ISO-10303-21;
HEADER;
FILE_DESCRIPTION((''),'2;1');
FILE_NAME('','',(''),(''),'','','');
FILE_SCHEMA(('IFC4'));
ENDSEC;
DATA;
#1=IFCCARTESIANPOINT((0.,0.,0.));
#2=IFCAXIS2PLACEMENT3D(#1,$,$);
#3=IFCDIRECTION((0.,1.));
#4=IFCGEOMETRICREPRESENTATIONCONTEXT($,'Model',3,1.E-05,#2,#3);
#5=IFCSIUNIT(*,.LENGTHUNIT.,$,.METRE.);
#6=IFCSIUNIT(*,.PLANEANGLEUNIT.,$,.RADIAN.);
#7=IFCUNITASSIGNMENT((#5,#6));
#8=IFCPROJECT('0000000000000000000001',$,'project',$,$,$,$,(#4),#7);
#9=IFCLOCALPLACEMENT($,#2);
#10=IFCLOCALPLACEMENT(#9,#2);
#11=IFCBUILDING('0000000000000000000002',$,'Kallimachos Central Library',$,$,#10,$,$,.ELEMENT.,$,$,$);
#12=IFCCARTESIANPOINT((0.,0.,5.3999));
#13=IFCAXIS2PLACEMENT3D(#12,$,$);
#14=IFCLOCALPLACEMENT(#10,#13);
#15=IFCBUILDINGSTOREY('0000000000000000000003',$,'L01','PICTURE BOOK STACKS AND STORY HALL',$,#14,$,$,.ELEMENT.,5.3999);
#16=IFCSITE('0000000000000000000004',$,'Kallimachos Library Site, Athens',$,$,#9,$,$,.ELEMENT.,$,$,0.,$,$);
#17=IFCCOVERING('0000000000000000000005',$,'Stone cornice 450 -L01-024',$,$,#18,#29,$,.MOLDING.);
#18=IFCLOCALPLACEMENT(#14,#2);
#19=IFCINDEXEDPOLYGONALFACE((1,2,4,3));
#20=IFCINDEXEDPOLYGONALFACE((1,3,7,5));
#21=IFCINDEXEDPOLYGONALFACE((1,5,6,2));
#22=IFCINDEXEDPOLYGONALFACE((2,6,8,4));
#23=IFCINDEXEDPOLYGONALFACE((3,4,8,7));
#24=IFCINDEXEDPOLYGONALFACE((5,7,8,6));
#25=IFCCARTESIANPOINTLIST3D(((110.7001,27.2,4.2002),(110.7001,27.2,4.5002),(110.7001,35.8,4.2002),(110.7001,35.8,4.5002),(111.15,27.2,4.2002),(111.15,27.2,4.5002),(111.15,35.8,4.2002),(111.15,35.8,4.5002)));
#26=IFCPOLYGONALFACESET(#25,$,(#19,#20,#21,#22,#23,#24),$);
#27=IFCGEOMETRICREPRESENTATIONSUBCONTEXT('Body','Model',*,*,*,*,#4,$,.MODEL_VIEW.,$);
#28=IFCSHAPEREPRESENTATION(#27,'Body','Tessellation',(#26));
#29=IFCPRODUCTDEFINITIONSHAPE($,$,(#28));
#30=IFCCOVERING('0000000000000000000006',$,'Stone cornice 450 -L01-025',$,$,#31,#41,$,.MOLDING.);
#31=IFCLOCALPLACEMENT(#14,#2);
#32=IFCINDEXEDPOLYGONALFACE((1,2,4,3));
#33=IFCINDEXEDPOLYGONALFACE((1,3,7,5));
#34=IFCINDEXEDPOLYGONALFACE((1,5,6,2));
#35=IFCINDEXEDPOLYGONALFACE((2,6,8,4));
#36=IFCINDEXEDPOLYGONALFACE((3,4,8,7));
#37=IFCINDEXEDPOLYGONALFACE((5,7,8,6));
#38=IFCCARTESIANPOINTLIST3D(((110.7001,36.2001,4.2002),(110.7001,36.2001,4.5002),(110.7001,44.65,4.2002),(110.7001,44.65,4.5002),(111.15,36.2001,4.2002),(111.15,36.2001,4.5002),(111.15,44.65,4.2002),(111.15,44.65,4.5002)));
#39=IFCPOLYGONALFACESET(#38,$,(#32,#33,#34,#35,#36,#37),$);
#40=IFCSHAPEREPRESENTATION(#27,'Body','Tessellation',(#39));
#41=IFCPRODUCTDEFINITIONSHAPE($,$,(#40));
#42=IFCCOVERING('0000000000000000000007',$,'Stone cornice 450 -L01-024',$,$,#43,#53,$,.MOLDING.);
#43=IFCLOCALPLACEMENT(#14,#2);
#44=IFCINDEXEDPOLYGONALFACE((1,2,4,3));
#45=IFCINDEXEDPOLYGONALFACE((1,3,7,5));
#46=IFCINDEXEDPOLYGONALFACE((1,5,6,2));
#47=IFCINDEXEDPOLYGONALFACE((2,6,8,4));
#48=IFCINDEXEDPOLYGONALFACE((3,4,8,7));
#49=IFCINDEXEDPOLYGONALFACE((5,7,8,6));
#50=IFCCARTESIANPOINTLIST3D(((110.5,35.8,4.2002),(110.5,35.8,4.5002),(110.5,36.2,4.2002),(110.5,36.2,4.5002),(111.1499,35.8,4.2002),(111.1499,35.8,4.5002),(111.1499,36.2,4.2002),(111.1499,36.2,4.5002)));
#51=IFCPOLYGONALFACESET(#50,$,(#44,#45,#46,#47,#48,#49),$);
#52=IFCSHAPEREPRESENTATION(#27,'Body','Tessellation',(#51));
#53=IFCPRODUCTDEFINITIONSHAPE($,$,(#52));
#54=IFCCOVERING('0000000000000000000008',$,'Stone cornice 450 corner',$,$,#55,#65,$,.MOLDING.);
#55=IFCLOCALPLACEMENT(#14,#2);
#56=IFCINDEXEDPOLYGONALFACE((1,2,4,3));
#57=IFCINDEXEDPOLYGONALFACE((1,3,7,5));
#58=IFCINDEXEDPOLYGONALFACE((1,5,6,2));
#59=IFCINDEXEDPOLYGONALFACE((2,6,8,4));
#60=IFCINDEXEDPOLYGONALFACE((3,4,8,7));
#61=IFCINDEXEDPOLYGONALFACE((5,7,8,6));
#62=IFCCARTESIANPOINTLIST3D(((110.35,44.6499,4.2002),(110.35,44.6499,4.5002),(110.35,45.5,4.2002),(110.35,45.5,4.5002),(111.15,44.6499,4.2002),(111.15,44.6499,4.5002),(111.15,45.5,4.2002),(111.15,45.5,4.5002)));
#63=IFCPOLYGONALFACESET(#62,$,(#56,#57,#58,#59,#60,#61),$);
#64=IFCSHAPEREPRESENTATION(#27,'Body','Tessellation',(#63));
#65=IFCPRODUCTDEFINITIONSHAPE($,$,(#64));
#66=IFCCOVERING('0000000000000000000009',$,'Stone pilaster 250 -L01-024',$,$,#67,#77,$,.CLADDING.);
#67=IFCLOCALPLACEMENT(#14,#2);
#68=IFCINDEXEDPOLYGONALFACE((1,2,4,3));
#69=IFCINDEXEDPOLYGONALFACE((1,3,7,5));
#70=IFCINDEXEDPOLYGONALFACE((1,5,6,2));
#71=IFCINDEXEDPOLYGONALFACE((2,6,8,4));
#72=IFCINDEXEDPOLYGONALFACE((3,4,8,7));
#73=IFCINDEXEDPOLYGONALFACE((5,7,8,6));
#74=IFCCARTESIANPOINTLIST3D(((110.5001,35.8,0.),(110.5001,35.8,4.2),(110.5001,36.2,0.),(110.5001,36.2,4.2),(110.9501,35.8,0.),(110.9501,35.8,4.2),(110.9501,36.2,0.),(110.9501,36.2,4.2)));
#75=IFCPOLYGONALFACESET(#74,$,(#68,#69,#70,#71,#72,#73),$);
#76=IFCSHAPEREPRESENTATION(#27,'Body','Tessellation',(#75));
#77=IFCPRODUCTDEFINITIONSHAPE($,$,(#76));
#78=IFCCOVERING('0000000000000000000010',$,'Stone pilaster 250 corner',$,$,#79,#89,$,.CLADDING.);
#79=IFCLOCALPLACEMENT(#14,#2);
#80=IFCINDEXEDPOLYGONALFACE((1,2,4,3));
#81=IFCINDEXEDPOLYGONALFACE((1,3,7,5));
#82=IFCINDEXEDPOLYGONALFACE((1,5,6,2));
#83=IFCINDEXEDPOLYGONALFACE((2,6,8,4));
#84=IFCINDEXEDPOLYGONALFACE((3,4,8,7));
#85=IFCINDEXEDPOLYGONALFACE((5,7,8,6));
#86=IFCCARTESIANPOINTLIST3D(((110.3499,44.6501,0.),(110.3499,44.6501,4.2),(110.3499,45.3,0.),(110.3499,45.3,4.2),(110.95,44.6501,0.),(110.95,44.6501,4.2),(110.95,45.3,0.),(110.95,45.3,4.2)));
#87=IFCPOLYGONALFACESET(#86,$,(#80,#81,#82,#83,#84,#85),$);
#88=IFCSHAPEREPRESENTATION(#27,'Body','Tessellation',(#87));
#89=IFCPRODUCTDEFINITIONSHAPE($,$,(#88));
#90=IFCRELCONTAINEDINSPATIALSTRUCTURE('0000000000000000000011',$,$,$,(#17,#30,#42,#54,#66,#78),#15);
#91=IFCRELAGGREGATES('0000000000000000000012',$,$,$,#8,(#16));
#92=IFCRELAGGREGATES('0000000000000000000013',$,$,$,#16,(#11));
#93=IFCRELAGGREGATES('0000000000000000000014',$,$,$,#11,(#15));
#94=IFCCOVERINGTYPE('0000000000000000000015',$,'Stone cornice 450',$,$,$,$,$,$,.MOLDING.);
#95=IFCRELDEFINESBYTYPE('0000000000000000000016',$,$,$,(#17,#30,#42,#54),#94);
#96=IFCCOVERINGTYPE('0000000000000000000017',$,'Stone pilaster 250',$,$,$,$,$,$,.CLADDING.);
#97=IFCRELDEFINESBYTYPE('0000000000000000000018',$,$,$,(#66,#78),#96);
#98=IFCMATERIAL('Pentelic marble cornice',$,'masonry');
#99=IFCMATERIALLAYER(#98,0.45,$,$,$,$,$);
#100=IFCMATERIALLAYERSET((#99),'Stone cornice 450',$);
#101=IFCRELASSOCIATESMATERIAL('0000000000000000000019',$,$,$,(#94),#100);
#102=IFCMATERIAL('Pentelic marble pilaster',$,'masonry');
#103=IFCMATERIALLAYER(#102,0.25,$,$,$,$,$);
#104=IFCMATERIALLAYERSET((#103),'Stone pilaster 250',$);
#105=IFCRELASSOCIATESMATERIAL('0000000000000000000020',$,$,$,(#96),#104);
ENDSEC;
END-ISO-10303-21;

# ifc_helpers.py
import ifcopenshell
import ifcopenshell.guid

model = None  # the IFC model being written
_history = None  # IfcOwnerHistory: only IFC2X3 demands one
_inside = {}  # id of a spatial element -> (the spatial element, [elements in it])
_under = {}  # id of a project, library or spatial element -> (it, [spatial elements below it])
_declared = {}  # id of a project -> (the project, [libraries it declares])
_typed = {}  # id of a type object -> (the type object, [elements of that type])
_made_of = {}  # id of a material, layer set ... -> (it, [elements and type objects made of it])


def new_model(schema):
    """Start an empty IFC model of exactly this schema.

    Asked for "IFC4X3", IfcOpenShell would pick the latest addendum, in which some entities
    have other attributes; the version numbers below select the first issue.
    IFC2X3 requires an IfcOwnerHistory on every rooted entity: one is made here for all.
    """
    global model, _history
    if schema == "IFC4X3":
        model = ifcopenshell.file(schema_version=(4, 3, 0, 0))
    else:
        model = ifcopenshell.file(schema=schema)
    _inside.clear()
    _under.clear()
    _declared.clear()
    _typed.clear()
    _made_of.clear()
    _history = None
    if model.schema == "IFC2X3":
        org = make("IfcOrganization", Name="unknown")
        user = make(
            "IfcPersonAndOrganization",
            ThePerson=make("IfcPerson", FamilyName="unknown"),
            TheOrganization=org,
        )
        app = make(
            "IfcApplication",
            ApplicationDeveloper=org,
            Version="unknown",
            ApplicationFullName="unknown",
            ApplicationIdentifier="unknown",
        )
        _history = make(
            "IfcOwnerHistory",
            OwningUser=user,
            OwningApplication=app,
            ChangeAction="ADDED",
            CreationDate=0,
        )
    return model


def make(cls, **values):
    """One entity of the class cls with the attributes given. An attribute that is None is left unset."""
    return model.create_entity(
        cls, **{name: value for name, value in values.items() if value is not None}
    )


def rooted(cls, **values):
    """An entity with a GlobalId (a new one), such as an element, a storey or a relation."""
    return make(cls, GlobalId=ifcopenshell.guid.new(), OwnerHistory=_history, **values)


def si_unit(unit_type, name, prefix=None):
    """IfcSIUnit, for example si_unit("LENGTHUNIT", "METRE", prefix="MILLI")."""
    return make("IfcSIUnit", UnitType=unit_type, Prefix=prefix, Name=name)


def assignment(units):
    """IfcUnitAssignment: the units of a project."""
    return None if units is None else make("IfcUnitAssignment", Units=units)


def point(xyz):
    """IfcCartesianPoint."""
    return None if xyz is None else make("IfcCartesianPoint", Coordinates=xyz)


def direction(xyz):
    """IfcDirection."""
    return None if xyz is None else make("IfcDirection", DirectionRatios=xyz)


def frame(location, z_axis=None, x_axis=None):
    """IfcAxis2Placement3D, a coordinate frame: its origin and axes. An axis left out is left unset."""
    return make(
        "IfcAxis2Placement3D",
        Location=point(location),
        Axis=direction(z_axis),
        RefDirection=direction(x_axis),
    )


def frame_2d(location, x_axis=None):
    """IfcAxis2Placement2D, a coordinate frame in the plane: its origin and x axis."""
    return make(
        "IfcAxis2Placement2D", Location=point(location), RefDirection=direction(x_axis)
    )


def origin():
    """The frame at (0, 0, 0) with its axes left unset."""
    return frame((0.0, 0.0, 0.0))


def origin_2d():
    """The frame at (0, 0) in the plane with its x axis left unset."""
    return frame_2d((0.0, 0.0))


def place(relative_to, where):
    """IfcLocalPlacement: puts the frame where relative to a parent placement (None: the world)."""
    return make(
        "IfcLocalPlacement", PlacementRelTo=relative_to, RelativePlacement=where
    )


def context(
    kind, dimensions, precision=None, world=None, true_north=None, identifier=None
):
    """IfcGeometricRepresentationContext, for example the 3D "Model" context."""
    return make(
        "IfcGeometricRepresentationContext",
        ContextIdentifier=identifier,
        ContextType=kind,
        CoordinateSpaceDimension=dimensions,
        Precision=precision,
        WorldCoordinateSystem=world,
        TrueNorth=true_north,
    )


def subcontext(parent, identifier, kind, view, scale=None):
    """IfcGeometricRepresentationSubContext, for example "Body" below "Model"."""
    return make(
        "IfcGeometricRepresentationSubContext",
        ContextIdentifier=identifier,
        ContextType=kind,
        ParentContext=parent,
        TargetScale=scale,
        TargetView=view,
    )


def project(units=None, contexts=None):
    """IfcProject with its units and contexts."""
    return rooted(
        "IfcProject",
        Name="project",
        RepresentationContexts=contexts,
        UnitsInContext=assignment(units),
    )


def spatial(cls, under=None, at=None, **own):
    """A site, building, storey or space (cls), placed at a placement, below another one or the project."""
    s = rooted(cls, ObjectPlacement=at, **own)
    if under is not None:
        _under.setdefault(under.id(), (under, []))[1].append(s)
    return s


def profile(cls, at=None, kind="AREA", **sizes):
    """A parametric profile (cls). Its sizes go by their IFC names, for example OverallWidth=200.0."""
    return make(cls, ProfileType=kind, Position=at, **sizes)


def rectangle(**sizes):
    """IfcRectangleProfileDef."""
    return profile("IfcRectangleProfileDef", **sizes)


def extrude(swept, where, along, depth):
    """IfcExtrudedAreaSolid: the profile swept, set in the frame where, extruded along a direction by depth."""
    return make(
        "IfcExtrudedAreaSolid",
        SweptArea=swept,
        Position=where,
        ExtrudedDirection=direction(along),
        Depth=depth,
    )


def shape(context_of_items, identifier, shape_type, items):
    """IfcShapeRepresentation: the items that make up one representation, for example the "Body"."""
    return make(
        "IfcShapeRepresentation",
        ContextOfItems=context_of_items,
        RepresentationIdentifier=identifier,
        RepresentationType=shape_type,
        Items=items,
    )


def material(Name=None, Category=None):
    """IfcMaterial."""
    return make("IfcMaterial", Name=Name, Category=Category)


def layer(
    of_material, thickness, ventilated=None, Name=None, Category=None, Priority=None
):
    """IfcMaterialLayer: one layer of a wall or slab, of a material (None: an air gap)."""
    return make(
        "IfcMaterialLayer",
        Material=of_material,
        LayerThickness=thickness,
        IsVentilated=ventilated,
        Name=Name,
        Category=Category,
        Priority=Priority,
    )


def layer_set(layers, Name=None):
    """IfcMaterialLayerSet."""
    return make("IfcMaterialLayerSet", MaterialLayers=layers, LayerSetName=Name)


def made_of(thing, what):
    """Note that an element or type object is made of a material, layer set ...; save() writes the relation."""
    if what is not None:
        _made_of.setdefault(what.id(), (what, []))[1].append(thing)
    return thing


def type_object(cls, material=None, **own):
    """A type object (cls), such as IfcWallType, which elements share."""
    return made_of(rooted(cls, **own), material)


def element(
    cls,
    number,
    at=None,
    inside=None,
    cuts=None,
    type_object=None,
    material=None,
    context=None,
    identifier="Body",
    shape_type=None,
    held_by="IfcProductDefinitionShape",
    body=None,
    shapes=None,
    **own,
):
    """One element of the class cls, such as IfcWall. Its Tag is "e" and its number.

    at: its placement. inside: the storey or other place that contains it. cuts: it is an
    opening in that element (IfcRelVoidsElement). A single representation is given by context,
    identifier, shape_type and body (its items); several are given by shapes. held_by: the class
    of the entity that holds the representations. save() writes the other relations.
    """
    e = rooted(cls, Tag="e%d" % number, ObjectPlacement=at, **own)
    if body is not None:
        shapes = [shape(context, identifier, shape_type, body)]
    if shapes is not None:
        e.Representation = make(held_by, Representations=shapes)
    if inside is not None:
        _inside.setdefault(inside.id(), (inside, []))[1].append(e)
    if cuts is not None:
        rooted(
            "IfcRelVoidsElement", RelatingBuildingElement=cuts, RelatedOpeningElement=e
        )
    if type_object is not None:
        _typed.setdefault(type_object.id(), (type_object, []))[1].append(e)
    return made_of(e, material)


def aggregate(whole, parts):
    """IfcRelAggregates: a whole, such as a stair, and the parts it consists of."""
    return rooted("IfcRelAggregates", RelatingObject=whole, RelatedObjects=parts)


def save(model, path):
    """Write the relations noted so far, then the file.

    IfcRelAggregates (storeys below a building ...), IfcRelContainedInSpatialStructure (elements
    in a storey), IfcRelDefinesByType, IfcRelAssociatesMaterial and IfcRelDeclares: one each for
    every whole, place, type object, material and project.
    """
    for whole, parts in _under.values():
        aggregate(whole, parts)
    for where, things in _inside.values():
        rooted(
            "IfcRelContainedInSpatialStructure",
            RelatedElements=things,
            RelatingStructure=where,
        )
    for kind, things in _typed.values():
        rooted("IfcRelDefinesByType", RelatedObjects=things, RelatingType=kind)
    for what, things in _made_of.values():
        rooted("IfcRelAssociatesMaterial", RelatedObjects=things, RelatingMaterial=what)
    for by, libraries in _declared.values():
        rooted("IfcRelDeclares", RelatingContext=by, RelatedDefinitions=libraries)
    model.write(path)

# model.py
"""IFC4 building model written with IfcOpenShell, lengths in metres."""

from ifc_helpers import new_model, si_unit, direction, frame, origin, origin_2d, place, context, subcontext, project, spatial, rectangle, extrude, material, layer, layer_set, type_object, element, save


model = new_model("IFC4")

# Units and contexts
model_context = context("Model", 3, precision=1e-05, world=origin(), true_north=direction((0.0, 1.0)))
body_context = subcontext(model_context, "Body", "Model", "MODEL_VIEW")
ifc_project = project(units=[si_unit("LENGTHUNIT", "METRE"), si_unit("PLANEANGLEUNIT", "RADIAN")], contexts=[model_context])

# Site, building, storey
site_placement = place(None, origin())
site = spatial("IfcSite", under=ifc_project, at=site_placement, Name="Kallimachos Library Site, Athens", CompositionType="ELEMENT", RefElevation=0.0)
building_placement = place(site_placement, origin())
building = spatial("IfcBuilding", under=site, at=building_placement, Name="Kallimachos Central Library", CompositionType="ELEMENT")
storey_placement = place(building_placement, frame((0.0, 0.0, 5.3999)))
storey = spatial("IfcBuildingStorey", under=building, at=storey_placement, Name="L01", Description="PICTURE BOOK STACKS AND STORY HALL", CompositionType="ELEMENT", Elevation=5.3999)

# Coverings
ifc_material_1 = material(Name="Pentelic marble cornice", Category="masonry")
ifc_layer_1 = layer(ifc_material_1, 0.45)
ifc_layer_set_1 = layer_set([ifc_layer_1], Name="Stone cornice 450")
covering_type_1 = type_object("IfcCoveringType", Name="Stone cornice 450", PredefinedType="MOLDING", material=ifc_layer_set_1)
covering_1_placement = place(storey_placement, frame((110.925, 31.5, 4.2002), z_axis=(0.0, 0.0, 1.0), x_axis=(1.0, 0.0, 0.0)))
element("IfcCovering", 1, at=covering_1_placement, inside=storey, type_object=covering_type_1, Name="Stone cornice 450 -L01-024", PredefinedType="MOLDING", context=body_context, shape_type="SweptSolid", body=[
    extrude(rectangle(XDim=0.45, YDim=8.6001, at=origin_2d()), origin(), (0.0, 0.0, 1.0), 0.3),
])
covering_2_placement = place(storey_placement, frame((110.925, 40.425, 4.2002), z_axis=(0.0, 0.0, 1.0), x_axis=(1.0, 0.0, 0.0)))
element("IfcCovering", 2, at=covering_2_placement, inside=storey, type_object=covering_type_1, Name="Stone cornice 450 -L01-025", PredefinedType="MOLDING", context=body_context, shape_type="SweptSolid", body=[
    extrude(rectangle(XDim=0.45, YDim=8.45, at=origin_2d()), origin(), (0.0, 0.0, 1.0), 0.3),
])
covering_3_placement = place(storey_placement, frame((110.825, 36.0, 4.2002), z_axis=(0.0, 0.0, 1.0), x_axis=(1.0, 0.0, 0.0)))
element("IfcCovering", 3, at=covering_3_placement, inside=storey, type_object=covering_type_1, Name="Stone cornice 450 -L01-024", PredefinedType="MOLDING", context=body_context, shape_type="SweptSolid", body=[
    extrude(rectangle(XDim=0.6499, YDim=0.3999, at=origin_2d()), origin(), (0.0, 0.0, 1.0), 0.3),
])
covering_4_placement = place(storey_placement, frame((110.75, 45.075, 4.2002), z_axis=(0.0, 0.0, 1.0), x_axis=(1.0, 0.0, 0.0)))
element("IfcCovering", 4, at=covering_4_placement, inside=storey, type_object=covering_type_1, Name="Stone cornice 450 corner", PredefinedType="MOLDING", context=body_context, shape_type="SweptSolid", body=[
    extrude(rectangle(XDim=0.8, YDim=0.8501, at=origin_2d()), origin(), (0.0, 0.0, 1.0), 0.3),
])
ifc_material_2 = material(Name="Pentelic marble pilaster", Category="masonry")
ifc_layer_2 = layer(ifc_material_2, 0.25)
ifc_layer_set_2 = layer_set([ifc_layer_2], Name="Stone pilaster 250")
covering_type_2 = type_object("IfcCoveringType", Name="Stone pilaster 250", PredefinedType="CLADDING", material=ifc_layer_set_2)
covering_5_placement = place(storey_placement, frame((110.7251, 36.0, 0.0), z_axis=(0.0, 0.0, 1.0), x_axis=(1.0, 0.0, 0.0)))
element("IfcCovering", 5, at=covering_5_placement, inside=storey, type_object=covering_type_2, Name="Stone pilaster 250 -L01-024", PredefinedType="CLADDING", context=body_context, shape_type="SweptSolid", body=[
    extrude(rectangle(XDim=0.45, YDim=0.3999, at=origin_2d()), origin(), (0.0, 0.0, 1.0), 4.2),
])
covering_6_placement = place(storey_placement, frame((110.6499, 44.9751, 0.0), z_axis=(0.0, 0.0, 1.0), x_axis=(1.0, 0.0, 0.0)))
element("IfcCovering", 6, at=covering_6_placement, inside=storey, type_object=covering_type_2, Name="Stone pilaster 250 corner", PredefinedType="CLADDING", context=body_context, shape_type="SweptSolid", body=[
    extrude(rectangle(XDim=0.6001, YDim=0.6499, at=origin_2d()), origin(), (0.0, 0.0, 1.0), 4.2),
])

save(model, "model.ifc")
